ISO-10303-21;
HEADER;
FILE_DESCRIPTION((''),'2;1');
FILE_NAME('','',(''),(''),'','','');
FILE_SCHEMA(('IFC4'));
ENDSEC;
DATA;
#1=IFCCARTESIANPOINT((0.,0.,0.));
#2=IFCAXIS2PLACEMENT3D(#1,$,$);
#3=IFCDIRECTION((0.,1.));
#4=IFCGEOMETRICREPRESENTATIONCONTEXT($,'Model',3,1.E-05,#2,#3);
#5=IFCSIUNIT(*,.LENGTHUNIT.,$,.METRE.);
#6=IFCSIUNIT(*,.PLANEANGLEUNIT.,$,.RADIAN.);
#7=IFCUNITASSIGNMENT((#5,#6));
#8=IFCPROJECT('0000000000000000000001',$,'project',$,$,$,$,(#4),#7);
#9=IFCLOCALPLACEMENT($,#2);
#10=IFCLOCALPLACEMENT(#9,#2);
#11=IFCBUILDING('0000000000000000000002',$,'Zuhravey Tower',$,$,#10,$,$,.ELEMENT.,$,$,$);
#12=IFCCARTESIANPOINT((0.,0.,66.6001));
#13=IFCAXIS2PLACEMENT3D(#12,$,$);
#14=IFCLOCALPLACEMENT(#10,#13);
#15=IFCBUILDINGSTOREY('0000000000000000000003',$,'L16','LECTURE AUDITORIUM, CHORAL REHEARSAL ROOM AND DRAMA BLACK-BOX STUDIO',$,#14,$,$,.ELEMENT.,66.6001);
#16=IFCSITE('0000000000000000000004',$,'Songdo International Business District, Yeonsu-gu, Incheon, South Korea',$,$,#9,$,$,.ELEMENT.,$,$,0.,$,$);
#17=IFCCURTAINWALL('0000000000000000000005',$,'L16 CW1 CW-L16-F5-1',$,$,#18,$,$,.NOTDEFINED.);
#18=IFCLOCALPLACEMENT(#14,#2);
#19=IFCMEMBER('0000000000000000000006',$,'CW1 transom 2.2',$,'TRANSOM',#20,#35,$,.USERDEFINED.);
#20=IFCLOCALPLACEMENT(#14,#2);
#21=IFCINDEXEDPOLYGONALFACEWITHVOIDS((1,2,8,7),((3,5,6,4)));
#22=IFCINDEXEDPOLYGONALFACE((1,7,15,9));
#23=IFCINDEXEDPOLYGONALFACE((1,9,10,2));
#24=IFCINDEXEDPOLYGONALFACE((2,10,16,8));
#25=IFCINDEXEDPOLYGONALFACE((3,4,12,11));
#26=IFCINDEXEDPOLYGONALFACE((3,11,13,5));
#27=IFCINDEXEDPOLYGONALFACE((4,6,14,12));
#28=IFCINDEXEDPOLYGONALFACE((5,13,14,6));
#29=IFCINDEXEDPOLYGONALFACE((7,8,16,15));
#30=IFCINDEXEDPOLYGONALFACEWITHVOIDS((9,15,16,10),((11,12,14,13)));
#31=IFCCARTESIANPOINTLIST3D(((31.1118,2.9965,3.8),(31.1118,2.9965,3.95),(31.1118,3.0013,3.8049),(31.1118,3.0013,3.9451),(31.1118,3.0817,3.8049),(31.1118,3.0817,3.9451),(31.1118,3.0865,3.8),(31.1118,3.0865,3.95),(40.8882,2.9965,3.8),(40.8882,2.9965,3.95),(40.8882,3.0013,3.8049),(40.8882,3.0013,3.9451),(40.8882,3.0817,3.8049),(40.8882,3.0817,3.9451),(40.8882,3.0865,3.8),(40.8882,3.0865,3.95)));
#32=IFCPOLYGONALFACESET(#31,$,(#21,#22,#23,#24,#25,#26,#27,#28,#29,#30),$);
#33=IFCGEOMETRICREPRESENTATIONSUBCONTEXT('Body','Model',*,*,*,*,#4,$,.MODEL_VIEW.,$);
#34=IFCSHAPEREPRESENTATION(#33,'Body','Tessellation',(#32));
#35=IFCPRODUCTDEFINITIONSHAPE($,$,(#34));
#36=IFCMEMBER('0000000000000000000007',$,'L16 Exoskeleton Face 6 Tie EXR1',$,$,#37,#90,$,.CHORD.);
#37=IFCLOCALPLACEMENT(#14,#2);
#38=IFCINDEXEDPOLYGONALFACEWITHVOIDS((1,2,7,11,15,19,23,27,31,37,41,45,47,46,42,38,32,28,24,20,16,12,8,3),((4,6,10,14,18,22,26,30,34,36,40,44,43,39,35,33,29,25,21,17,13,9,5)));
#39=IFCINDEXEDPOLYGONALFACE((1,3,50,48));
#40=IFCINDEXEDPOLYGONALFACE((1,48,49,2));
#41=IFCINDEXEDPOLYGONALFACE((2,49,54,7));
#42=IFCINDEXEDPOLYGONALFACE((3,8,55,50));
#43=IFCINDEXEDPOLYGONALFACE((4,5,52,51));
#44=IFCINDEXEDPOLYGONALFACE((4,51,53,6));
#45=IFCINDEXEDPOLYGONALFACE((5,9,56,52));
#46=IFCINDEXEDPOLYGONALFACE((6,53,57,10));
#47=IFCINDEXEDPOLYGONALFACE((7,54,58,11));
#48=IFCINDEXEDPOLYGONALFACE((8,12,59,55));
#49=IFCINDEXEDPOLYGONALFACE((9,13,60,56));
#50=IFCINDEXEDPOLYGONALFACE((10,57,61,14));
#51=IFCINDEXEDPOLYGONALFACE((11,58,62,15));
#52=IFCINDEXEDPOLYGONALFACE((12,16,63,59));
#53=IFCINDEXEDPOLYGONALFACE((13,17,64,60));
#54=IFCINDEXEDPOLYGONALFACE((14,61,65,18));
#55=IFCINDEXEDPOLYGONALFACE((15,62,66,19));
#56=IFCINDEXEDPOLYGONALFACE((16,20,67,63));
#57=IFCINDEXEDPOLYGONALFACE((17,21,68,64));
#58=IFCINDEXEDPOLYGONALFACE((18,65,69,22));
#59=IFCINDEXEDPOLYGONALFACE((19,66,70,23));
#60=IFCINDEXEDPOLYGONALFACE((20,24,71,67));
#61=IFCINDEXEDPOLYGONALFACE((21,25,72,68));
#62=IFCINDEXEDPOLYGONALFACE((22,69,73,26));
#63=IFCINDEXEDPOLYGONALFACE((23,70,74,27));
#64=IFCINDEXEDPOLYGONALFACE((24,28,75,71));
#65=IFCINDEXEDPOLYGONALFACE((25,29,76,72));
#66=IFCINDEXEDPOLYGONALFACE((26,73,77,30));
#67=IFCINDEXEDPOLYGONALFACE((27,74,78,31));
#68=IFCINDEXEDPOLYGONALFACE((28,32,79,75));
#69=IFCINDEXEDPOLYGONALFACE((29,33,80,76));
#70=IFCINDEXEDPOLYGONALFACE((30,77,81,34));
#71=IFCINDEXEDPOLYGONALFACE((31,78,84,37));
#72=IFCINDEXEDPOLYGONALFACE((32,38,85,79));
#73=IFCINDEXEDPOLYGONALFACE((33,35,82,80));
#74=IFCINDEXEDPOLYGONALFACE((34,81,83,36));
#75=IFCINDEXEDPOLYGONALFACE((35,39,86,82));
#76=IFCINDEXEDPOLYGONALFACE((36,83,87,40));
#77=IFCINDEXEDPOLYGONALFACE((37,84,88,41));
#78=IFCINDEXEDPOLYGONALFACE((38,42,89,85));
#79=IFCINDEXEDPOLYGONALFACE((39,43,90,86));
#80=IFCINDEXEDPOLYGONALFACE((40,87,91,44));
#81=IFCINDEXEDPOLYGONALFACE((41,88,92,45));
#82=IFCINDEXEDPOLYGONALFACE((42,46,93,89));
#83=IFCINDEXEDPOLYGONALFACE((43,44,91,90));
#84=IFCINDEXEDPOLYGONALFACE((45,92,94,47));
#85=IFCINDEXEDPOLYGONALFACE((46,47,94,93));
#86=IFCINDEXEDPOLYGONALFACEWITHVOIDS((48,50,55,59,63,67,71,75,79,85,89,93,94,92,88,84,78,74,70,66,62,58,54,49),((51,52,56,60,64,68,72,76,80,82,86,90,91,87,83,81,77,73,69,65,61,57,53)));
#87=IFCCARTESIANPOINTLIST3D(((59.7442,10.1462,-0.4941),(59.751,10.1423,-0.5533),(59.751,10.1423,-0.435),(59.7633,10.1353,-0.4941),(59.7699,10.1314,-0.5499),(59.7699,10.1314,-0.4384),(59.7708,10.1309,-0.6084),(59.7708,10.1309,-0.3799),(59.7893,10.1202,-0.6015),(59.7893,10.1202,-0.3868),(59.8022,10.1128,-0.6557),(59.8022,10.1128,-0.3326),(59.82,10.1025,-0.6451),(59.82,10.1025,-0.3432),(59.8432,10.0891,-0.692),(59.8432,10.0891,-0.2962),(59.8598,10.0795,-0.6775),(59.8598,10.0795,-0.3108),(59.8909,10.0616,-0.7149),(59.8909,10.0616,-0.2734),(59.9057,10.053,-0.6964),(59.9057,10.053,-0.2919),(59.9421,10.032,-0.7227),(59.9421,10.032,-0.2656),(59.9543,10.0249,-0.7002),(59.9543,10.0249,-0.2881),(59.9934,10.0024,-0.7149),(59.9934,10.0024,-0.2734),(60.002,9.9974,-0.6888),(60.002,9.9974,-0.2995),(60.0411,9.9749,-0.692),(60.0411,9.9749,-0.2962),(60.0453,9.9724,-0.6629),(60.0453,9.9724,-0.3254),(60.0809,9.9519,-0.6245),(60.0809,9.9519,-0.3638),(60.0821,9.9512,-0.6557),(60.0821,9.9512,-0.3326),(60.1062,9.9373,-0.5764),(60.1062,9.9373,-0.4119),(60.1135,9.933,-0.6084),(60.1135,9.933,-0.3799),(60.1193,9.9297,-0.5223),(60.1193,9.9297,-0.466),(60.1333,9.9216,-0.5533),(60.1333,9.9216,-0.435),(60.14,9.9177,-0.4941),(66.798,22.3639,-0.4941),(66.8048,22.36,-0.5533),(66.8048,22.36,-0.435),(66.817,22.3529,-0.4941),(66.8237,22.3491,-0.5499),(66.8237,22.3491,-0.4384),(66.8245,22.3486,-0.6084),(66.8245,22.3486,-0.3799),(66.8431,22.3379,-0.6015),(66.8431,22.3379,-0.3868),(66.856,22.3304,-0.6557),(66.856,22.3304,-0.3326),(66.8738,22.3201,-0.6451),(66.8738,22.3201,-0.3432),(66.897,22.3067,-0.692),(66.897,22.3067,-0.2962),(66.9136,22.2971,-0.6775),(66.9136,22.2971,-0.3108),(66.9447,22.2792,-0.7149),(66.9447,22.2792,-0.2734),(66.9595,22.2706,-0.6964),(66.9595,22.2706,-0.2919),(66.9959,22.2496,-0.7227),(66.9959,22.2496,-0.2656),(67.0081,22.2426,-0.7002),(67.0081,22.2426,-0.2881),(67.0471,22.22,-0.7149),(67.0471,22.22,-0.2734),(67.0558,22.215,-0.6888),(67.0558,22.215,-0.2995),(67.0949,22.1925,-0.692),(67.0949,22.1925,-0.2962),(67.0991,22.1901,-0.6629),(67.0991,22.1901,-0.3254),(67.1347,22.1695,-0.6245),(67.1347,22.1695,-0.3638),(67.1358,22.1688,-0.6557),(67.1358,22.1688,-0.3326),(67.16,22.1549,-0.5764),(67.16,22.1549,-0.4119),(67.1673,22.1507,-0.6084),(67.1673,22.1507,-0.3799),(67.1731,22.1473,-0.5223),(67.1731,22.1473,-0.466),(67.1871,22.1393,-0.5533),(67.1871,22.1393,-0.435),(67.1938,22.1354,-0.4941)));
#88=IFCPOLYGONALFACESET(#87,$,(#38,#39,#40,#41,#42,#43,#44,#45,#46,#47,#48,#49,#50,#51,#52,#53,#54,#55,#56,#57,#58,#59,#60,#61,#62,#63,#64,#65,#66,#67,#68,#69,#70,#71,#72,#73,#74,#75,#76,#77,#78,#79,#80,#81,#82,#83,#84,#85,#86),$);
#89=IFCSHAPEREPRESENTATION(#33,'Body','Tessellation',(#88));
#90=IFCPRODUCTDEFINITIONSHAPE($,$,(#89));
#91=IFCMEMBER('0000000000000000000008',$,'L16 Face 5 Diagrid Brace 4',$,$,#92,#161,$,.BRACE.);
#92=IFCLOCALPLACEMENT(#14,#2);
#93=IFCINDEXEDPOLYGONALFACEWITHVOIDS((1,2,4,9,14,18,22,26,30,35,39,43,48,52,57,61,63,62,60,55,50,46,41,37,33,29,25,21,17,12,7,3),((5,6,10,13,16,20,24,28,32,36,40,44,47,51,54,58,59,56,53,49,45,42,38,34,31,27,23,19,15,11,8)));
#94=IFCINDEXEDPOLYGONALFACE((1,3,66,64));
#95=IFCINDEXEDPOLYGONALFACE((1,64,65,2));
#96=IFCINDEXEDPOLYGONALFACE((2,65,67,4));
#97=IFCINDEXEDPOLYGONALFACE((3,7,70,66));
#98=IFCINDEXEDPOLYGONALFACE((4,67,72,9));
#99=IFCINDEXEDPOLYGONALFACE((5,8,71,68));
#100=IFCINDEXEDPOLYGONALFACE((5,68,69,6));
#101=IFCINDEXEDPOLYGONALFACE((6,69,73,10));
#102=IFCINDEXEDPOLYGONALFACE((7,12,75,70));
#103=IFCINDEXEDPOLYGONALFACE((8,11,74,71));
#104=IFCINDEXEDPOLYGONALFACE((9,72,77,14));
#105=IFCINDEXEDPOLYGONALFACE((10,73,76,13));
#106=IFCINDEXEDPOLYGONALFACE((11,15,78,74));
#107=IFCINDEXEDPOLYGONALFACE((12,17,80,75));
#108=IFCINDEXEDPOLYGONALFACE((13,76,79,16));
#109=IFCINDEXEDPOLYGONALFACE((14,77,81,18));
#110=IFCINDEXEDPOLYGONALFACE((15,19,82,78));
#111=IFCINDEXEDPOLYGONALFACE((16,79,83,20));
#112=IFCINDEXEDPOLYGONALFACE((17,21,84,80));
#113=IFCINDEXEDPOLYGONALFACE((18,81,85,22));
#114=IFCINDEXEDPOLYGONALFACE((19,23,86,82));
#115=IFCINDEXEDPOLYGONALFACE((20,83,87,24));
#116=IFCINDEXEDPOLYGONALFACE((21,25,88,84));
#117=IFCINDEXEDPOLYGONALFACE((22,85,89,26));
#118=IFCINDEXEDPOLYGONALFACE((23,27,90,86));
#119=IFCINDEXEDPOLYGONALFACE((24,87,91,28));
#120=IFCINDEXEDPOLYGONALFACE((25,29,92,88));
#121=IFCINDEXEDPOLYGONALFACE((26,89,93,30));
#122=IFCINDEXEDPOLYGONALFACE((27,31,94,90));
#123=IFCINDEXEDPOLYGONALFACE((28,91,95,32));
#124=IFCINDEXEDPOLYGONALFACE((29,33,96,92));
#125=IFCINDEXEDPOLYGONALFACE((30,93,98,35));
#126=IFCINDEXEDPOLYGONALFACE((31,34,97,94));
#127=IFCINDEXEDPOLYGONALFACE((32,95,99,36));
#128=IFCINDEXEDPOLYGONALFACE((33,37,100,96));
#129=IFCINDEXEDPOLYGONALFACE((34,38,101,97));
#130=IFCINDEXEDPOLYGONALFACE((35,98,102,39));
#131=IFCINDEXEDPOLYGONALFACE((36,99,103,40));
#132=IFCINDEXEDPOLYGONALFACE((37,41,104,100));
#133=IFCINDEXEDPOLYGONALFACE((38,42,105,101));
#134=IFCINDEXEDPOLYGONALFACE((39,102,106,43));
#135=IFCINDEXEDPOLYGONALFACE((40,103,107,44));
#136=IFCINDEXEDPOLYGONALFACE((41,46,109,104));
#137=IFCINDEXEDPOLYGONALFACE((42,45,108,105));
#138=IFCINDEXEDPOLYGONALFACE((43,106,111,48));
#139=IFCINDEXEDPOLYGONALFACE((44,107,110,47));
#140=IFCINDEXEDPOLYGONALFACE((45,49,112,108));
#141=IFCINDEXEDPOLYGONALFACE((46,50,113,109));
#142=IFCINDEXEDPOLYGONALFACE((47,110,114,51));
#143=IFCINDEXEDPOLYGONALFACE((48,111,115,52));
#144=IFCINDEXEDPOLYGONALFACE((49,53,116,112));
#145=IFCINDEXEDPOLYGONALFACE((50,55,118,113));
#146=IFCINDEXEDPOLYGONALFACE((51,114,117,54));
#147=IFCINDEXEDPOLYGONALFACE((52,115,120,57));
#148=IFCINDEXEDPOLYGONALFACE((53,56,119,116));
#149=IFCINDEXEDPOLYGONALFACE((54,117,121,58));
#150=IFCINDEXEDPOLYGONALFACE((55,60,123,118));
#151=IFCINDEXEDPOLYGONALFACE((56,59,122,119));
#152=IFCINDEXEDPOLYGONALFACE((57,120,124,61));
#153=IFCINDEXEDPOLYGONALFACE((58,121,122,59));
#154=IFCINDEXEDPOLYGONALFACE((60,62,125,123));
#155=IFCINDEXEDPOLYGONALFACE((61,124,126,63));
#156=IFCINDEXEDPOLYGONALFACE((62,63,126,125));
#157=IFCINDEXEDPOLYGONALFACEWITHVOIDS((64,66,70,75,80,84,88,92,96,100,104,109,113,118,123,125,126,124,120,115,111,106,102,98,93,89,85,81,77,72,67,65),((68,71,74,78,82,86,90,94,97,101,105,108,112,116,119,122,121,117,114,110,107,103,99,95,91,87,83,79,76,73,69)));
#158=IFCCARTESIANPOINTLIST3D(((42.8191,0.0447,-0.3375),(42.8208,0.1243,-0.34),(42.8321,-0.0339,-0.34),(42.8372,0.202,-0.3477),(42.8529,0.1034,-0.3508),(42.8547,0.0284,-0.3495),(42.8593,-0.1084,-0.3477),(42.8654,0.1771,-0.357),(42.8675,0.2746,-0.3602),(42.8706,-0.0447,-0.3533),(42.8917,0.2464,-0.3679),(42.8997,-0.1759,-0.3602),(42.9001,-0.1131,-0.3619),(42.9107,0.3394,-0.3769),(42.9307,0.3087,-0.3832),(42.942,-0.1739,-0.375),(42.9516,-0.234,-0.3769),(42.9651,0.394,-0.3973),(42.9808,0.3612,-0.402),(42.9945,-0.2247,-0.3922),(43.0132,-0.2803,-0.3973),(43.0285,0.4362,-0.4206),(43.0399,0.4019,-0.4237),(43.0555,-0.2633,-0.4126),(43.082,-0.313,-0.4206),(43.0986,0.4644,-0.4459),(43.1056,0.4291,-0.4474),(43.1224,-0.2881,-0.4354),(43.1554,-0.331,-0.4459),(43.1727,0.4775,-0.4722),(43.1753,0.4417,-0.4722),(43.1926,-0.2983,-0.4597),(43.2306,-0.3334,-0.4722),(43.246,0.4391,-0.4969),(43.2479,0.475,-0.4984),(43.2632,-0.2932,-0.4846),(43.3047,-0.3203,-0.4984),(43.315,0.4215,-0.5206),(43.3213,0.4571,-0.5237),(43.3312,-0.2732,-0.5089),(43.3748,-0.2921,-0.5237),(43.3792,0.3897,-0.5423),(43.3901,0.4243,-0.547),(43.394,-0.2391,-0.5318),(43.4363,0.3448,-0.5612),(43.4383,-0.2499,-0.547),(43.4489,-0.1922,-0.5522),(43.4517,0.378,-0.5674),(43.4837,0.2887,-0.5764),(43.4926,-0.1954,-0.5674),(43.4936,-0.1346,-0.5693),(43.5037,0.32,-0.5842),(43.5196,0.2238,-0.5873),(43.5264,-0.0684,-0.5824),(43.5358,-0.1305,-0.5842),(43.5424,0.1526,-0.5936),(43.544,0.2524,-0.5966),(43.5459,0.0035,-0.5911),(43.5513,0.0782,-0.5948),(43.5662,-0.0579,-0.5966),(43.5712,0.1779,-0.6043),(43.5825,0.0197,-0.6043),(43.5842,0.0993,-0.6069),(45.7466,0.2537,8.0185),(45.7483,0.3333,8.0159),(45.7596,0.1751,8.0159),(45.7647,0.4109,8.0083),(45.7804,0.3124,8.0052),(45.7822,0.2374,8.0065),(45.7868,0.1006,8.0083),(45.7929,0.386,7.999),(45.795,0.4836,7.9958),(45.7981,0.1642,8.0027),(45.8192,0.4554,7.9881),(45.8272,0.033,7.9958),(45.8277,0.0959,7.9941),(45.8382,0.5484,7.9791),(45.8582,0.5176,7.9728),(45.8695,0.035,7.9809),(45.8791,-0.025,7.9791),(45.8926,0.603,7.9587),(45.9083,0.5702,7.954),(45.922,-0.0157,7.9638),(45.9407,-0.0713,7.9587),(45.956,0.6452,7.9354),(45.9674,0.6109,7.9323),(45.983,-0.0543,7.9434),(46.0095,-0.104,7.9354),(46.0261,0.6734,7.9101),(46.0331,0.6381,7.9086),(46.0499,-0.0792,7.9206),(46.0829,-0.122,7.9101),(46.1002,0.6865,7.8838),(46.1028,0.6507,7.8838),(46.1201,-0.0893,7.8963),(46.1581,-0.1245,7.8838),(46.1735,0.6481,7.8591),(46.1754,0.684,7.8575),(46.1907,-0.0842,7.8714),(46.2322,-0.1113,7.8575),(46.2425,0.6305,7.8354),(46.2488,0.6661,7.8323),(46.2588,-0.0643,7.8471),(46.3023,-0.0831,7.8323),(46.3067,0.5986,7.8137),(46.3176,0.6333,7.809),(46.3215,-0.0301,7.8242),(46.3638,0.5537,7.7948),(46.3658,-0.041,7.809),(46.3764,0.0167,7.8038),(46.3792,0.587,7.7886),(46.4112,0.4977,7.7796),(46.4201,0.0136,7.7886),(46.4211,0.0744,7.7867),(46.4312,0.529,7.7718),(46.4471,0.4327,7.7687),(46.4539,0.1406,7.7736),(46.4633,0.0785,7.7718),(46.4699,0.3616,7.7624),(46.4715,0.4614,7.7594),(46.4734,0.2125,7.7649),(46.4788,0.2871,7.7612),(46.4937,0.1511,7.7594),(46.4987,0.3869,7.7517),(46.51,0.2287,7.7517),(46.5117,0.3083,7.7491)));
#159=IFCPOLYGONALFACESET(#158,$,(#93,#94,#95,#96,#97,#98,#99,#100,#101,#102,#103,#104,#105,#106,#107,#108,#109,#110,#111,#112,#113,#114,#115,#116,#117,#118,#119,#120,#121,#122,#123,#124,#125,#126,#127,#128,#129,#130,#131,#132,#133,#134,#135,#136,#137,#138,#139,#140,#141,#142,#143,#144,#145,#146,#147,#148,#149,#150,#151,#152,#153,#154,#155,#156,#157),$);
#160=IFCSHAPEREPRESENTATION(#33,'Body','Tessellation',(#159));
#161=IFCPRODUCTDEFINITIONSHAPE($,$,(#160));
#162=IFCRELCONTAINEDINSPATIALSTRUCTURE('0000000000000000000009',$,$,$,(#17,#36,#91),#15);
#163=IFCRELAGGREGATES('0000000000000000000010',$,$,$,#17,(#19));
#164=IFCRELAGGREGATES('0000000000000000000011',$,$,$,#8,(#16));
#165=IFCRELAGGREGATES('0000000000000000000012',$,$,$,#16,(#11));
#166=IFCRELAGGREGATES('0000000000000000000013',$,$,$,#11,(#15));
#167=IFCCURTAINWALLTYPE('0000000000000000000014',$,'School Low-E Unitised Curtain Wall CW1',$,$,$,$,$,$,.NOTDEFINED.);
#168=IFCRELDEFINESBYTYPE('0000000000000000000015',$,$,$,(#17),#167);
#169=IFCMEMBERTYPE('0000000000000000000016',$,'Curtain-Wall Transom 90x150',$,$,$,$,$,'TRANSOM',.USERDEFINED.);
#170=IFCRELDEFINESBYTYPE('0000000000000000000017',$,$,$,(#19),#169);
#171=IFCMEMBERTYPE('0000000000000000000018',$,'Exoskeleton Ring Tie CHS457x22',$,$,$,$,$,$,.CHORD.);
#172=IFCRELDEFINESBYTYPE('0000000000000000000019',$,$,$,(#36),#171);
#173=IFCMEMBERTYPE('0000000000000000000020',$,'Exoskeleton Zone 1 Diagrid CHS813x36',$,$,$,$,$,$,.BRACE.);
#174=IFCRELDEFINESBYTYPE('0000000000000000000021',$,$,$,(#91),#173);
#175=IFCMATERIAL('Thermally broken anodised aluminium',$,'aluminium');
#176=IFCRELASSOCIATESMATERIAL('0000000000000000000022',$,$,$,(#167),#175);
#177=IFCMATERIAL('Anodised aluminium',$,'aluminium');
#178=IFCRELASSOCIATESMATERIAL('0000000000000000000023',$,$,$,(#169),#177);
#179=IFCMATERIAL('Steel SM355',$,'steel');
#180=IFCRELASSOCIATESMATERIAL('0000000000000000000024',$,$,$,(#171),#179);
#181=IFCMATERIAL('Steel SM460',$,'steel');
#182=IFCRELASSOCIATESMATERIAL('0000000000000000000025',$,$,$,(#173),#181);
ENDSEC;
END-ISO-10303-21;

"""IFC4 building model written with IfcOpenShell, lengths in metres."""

from ifc_helpers import new_model, si_unit, direction, frame, origin, origin_2d, place, context, subcontext, project, spatial, hollow_rectangle, hollow_circle, extrude, material, material_profile, profile_set, type_object, element, aggregate, save


model = new_model("IFC4")

# Units and contexts
model_context = context("Model", 3, precision=1e-05, world=origin(), true_north=direction((0.0, 1.0)))
body_context = subcontext(model_context, "Body", "Model", "MODEL_VIEW")
ifc_project = project(units=[si_unit("LENGTHUNIT", "METRE"), si_unit("PLANEANGLEUNIT", "RADIAN")], contexts=[model_context])

# Site, building, storey
site_placement = place(None, origin())
site = spatial("IfcSite", under=ifc_project, at=site_placement, Name="Songdo International Business District, Yeonsu-gu, Incheon, South Korea", CompositionType="ELEMENT", RefElevation=0.0)
building_placement = place(site_placement, origin())
building = spatial("IfcBuilding", under=site, at=building_placement, Name="Zuhravey Tower", CompositionType="ELEMENT")
storey_placement = place(building_placement, frame((0.0, 0.0, 66.6001)))
storey = spatial("IfcBuildingStorey", under=building, at=storey_placement, Name="L16", Description="LECTURE AUDITORIUM, CHORAL REHEARSAL ROOM AND DRAMA BLACK-BOX STUDIO", CompositionType="ELEMENT", Elevation=66.6001)

# Curtain wall
ifc_material_1 = material(Name="Thermally broken anodised aluminium", Category="aluminium")
curtain_wall_type = type_object("IfcCurtainWallType", Name="School Low-E Unitised Curtain Wall CW1", PredefinedType="NOTDEFINED", material=ifc_material_1)
ifc_material_2 = material(Name="Anodised aluminium", Category="aluminium")
curtain_wall_1_placement = place(storey_placement, origin())
curtain_wall_1 = element("IfcCurtainWall", 1, at=curtain_wall_1_placement, inside=storey, type_object=curtain_wall_type, Name="L16 CW1 CW-L16-F5-1", PredefinedType="NOTDEFINED")

# Member
ifc_material_profile_1 = material_profile(ifc_material_2, hollow_rectangle(XDim=0.0901, YDim=0.1499, WallThickness=0.0049, at=origin_2d()), Name="ALU-RHS-90x150x5")
ifc_profile_set_1 = profile_set([ifc_material_profile_1], Name="Anodised aluminium")
member_type_1 = type_object("IfcMemberType", Name="Curtain-Wall Transom 90x150", ElementType="TRANSOM", PredefinedType="USERDEFINED", material=ifc_profile_set_1)
member_1_placement = place(storey_placement, frame((40.8882, 3.0415, 3.875), z_axis=(-1.0, 0.0, 0.0), x_axis=(0.0, -1.0, 0.0)))
member_1 = element("IfcMember", 2, at=member_1_placement, type_object=member_type_1, Name="CW1 transom 2.2", ObjectType="TRANSOM", PredefinedType="USERDEFINED", context=body_context, shape_type="SweptSolid", body=[
    extrude(hollow_rectangle(XDim=0.0901, YDim=0.1499, WallThickness=0.0049, at=origin_2d()), origin(), (0.0, 0.0, 1.0), 9.7764),
])

# Members
ifc_material_3 = material(Name="Steel SM355", Category="steel")
ifc_material_profile_2 = material_profile(ifc_material_3, hollow_circle(Radius=0.2285, WallThickness=0.022, at=origin_2d()), Name="CHS-457.2x22")
ifc_profile_set_2 = profile_set([ifc_material_profile_2], Name="Steel SM355")
member_type_2 = type_object("IfcMemberType", Name="Exoskeleton Ring Tie CHS457x22", PredefinedType="CHORD", material=ifc_profile_set_2)
member_2_placement = place(storey_placement, frame((59.9421, 10.032, -0.4941), z_axis=(0.499996, 0.866028, 0.0), x_axis=(-0.866028, 0.499996, 0.0)))
element("IfcMember", 3, at=member_2_placement, inside=storey, type_object=member_type_2, Name="L16 Exoskeleton Face 6 Tie EXR1", PredefinedType="CHORD", context=body_context, shape_type="SweptSolid", body=[
    extrude(hollow_circle(Radius=0.2285, WallThickness=0.022, at=origin_2d()), origin(), (0.0, 0.0, 1.0), 14.1077),
])
ifc_material_4 = material(Name="Steel SM460", Category="steel")
ifc_material_profile_3 = material_profile(ifc_material_4, hollow_circle(Radius=0.4065, WallThickness=0.0359, at=origin_2d()), Name="CHS-812.8x36")
ifc_profile_set_3 = profile_set([ifc_material_profile_3], Name="Steel SM460")
member_type_3 = type_object("IfcMemberType", Name="Exoskeleton Zone 1 Diagrid CHS813x36", PredefinedType="BRACE", material=ifc_profile_set_3)
member_3_placement = place(storey_placement, frame((43.2017, 0.072, -0.4722), z_axis=(0.330551, 0.023597, 0.943493), x_axis=(-0.071206, 0.997462, 0.0)))
element("IfcMember", 4, at=member_3_placement, inside=storey, type_object=member_type_3, Name="L16 Face 5 Diagrid Brace 4", PredefinedType="BRACE", context=body_context, shape_type="SweptSolid", body=[
    extrude(hollow_circle(Radius=0.4065, WallThickness=0.0359, at=origin_2d()), origin(), (0.0, 0.0, 1.0), 8.8564),
])

aggregate(curtain_wall_1, [member_1])

save(model, "model.ifc")
